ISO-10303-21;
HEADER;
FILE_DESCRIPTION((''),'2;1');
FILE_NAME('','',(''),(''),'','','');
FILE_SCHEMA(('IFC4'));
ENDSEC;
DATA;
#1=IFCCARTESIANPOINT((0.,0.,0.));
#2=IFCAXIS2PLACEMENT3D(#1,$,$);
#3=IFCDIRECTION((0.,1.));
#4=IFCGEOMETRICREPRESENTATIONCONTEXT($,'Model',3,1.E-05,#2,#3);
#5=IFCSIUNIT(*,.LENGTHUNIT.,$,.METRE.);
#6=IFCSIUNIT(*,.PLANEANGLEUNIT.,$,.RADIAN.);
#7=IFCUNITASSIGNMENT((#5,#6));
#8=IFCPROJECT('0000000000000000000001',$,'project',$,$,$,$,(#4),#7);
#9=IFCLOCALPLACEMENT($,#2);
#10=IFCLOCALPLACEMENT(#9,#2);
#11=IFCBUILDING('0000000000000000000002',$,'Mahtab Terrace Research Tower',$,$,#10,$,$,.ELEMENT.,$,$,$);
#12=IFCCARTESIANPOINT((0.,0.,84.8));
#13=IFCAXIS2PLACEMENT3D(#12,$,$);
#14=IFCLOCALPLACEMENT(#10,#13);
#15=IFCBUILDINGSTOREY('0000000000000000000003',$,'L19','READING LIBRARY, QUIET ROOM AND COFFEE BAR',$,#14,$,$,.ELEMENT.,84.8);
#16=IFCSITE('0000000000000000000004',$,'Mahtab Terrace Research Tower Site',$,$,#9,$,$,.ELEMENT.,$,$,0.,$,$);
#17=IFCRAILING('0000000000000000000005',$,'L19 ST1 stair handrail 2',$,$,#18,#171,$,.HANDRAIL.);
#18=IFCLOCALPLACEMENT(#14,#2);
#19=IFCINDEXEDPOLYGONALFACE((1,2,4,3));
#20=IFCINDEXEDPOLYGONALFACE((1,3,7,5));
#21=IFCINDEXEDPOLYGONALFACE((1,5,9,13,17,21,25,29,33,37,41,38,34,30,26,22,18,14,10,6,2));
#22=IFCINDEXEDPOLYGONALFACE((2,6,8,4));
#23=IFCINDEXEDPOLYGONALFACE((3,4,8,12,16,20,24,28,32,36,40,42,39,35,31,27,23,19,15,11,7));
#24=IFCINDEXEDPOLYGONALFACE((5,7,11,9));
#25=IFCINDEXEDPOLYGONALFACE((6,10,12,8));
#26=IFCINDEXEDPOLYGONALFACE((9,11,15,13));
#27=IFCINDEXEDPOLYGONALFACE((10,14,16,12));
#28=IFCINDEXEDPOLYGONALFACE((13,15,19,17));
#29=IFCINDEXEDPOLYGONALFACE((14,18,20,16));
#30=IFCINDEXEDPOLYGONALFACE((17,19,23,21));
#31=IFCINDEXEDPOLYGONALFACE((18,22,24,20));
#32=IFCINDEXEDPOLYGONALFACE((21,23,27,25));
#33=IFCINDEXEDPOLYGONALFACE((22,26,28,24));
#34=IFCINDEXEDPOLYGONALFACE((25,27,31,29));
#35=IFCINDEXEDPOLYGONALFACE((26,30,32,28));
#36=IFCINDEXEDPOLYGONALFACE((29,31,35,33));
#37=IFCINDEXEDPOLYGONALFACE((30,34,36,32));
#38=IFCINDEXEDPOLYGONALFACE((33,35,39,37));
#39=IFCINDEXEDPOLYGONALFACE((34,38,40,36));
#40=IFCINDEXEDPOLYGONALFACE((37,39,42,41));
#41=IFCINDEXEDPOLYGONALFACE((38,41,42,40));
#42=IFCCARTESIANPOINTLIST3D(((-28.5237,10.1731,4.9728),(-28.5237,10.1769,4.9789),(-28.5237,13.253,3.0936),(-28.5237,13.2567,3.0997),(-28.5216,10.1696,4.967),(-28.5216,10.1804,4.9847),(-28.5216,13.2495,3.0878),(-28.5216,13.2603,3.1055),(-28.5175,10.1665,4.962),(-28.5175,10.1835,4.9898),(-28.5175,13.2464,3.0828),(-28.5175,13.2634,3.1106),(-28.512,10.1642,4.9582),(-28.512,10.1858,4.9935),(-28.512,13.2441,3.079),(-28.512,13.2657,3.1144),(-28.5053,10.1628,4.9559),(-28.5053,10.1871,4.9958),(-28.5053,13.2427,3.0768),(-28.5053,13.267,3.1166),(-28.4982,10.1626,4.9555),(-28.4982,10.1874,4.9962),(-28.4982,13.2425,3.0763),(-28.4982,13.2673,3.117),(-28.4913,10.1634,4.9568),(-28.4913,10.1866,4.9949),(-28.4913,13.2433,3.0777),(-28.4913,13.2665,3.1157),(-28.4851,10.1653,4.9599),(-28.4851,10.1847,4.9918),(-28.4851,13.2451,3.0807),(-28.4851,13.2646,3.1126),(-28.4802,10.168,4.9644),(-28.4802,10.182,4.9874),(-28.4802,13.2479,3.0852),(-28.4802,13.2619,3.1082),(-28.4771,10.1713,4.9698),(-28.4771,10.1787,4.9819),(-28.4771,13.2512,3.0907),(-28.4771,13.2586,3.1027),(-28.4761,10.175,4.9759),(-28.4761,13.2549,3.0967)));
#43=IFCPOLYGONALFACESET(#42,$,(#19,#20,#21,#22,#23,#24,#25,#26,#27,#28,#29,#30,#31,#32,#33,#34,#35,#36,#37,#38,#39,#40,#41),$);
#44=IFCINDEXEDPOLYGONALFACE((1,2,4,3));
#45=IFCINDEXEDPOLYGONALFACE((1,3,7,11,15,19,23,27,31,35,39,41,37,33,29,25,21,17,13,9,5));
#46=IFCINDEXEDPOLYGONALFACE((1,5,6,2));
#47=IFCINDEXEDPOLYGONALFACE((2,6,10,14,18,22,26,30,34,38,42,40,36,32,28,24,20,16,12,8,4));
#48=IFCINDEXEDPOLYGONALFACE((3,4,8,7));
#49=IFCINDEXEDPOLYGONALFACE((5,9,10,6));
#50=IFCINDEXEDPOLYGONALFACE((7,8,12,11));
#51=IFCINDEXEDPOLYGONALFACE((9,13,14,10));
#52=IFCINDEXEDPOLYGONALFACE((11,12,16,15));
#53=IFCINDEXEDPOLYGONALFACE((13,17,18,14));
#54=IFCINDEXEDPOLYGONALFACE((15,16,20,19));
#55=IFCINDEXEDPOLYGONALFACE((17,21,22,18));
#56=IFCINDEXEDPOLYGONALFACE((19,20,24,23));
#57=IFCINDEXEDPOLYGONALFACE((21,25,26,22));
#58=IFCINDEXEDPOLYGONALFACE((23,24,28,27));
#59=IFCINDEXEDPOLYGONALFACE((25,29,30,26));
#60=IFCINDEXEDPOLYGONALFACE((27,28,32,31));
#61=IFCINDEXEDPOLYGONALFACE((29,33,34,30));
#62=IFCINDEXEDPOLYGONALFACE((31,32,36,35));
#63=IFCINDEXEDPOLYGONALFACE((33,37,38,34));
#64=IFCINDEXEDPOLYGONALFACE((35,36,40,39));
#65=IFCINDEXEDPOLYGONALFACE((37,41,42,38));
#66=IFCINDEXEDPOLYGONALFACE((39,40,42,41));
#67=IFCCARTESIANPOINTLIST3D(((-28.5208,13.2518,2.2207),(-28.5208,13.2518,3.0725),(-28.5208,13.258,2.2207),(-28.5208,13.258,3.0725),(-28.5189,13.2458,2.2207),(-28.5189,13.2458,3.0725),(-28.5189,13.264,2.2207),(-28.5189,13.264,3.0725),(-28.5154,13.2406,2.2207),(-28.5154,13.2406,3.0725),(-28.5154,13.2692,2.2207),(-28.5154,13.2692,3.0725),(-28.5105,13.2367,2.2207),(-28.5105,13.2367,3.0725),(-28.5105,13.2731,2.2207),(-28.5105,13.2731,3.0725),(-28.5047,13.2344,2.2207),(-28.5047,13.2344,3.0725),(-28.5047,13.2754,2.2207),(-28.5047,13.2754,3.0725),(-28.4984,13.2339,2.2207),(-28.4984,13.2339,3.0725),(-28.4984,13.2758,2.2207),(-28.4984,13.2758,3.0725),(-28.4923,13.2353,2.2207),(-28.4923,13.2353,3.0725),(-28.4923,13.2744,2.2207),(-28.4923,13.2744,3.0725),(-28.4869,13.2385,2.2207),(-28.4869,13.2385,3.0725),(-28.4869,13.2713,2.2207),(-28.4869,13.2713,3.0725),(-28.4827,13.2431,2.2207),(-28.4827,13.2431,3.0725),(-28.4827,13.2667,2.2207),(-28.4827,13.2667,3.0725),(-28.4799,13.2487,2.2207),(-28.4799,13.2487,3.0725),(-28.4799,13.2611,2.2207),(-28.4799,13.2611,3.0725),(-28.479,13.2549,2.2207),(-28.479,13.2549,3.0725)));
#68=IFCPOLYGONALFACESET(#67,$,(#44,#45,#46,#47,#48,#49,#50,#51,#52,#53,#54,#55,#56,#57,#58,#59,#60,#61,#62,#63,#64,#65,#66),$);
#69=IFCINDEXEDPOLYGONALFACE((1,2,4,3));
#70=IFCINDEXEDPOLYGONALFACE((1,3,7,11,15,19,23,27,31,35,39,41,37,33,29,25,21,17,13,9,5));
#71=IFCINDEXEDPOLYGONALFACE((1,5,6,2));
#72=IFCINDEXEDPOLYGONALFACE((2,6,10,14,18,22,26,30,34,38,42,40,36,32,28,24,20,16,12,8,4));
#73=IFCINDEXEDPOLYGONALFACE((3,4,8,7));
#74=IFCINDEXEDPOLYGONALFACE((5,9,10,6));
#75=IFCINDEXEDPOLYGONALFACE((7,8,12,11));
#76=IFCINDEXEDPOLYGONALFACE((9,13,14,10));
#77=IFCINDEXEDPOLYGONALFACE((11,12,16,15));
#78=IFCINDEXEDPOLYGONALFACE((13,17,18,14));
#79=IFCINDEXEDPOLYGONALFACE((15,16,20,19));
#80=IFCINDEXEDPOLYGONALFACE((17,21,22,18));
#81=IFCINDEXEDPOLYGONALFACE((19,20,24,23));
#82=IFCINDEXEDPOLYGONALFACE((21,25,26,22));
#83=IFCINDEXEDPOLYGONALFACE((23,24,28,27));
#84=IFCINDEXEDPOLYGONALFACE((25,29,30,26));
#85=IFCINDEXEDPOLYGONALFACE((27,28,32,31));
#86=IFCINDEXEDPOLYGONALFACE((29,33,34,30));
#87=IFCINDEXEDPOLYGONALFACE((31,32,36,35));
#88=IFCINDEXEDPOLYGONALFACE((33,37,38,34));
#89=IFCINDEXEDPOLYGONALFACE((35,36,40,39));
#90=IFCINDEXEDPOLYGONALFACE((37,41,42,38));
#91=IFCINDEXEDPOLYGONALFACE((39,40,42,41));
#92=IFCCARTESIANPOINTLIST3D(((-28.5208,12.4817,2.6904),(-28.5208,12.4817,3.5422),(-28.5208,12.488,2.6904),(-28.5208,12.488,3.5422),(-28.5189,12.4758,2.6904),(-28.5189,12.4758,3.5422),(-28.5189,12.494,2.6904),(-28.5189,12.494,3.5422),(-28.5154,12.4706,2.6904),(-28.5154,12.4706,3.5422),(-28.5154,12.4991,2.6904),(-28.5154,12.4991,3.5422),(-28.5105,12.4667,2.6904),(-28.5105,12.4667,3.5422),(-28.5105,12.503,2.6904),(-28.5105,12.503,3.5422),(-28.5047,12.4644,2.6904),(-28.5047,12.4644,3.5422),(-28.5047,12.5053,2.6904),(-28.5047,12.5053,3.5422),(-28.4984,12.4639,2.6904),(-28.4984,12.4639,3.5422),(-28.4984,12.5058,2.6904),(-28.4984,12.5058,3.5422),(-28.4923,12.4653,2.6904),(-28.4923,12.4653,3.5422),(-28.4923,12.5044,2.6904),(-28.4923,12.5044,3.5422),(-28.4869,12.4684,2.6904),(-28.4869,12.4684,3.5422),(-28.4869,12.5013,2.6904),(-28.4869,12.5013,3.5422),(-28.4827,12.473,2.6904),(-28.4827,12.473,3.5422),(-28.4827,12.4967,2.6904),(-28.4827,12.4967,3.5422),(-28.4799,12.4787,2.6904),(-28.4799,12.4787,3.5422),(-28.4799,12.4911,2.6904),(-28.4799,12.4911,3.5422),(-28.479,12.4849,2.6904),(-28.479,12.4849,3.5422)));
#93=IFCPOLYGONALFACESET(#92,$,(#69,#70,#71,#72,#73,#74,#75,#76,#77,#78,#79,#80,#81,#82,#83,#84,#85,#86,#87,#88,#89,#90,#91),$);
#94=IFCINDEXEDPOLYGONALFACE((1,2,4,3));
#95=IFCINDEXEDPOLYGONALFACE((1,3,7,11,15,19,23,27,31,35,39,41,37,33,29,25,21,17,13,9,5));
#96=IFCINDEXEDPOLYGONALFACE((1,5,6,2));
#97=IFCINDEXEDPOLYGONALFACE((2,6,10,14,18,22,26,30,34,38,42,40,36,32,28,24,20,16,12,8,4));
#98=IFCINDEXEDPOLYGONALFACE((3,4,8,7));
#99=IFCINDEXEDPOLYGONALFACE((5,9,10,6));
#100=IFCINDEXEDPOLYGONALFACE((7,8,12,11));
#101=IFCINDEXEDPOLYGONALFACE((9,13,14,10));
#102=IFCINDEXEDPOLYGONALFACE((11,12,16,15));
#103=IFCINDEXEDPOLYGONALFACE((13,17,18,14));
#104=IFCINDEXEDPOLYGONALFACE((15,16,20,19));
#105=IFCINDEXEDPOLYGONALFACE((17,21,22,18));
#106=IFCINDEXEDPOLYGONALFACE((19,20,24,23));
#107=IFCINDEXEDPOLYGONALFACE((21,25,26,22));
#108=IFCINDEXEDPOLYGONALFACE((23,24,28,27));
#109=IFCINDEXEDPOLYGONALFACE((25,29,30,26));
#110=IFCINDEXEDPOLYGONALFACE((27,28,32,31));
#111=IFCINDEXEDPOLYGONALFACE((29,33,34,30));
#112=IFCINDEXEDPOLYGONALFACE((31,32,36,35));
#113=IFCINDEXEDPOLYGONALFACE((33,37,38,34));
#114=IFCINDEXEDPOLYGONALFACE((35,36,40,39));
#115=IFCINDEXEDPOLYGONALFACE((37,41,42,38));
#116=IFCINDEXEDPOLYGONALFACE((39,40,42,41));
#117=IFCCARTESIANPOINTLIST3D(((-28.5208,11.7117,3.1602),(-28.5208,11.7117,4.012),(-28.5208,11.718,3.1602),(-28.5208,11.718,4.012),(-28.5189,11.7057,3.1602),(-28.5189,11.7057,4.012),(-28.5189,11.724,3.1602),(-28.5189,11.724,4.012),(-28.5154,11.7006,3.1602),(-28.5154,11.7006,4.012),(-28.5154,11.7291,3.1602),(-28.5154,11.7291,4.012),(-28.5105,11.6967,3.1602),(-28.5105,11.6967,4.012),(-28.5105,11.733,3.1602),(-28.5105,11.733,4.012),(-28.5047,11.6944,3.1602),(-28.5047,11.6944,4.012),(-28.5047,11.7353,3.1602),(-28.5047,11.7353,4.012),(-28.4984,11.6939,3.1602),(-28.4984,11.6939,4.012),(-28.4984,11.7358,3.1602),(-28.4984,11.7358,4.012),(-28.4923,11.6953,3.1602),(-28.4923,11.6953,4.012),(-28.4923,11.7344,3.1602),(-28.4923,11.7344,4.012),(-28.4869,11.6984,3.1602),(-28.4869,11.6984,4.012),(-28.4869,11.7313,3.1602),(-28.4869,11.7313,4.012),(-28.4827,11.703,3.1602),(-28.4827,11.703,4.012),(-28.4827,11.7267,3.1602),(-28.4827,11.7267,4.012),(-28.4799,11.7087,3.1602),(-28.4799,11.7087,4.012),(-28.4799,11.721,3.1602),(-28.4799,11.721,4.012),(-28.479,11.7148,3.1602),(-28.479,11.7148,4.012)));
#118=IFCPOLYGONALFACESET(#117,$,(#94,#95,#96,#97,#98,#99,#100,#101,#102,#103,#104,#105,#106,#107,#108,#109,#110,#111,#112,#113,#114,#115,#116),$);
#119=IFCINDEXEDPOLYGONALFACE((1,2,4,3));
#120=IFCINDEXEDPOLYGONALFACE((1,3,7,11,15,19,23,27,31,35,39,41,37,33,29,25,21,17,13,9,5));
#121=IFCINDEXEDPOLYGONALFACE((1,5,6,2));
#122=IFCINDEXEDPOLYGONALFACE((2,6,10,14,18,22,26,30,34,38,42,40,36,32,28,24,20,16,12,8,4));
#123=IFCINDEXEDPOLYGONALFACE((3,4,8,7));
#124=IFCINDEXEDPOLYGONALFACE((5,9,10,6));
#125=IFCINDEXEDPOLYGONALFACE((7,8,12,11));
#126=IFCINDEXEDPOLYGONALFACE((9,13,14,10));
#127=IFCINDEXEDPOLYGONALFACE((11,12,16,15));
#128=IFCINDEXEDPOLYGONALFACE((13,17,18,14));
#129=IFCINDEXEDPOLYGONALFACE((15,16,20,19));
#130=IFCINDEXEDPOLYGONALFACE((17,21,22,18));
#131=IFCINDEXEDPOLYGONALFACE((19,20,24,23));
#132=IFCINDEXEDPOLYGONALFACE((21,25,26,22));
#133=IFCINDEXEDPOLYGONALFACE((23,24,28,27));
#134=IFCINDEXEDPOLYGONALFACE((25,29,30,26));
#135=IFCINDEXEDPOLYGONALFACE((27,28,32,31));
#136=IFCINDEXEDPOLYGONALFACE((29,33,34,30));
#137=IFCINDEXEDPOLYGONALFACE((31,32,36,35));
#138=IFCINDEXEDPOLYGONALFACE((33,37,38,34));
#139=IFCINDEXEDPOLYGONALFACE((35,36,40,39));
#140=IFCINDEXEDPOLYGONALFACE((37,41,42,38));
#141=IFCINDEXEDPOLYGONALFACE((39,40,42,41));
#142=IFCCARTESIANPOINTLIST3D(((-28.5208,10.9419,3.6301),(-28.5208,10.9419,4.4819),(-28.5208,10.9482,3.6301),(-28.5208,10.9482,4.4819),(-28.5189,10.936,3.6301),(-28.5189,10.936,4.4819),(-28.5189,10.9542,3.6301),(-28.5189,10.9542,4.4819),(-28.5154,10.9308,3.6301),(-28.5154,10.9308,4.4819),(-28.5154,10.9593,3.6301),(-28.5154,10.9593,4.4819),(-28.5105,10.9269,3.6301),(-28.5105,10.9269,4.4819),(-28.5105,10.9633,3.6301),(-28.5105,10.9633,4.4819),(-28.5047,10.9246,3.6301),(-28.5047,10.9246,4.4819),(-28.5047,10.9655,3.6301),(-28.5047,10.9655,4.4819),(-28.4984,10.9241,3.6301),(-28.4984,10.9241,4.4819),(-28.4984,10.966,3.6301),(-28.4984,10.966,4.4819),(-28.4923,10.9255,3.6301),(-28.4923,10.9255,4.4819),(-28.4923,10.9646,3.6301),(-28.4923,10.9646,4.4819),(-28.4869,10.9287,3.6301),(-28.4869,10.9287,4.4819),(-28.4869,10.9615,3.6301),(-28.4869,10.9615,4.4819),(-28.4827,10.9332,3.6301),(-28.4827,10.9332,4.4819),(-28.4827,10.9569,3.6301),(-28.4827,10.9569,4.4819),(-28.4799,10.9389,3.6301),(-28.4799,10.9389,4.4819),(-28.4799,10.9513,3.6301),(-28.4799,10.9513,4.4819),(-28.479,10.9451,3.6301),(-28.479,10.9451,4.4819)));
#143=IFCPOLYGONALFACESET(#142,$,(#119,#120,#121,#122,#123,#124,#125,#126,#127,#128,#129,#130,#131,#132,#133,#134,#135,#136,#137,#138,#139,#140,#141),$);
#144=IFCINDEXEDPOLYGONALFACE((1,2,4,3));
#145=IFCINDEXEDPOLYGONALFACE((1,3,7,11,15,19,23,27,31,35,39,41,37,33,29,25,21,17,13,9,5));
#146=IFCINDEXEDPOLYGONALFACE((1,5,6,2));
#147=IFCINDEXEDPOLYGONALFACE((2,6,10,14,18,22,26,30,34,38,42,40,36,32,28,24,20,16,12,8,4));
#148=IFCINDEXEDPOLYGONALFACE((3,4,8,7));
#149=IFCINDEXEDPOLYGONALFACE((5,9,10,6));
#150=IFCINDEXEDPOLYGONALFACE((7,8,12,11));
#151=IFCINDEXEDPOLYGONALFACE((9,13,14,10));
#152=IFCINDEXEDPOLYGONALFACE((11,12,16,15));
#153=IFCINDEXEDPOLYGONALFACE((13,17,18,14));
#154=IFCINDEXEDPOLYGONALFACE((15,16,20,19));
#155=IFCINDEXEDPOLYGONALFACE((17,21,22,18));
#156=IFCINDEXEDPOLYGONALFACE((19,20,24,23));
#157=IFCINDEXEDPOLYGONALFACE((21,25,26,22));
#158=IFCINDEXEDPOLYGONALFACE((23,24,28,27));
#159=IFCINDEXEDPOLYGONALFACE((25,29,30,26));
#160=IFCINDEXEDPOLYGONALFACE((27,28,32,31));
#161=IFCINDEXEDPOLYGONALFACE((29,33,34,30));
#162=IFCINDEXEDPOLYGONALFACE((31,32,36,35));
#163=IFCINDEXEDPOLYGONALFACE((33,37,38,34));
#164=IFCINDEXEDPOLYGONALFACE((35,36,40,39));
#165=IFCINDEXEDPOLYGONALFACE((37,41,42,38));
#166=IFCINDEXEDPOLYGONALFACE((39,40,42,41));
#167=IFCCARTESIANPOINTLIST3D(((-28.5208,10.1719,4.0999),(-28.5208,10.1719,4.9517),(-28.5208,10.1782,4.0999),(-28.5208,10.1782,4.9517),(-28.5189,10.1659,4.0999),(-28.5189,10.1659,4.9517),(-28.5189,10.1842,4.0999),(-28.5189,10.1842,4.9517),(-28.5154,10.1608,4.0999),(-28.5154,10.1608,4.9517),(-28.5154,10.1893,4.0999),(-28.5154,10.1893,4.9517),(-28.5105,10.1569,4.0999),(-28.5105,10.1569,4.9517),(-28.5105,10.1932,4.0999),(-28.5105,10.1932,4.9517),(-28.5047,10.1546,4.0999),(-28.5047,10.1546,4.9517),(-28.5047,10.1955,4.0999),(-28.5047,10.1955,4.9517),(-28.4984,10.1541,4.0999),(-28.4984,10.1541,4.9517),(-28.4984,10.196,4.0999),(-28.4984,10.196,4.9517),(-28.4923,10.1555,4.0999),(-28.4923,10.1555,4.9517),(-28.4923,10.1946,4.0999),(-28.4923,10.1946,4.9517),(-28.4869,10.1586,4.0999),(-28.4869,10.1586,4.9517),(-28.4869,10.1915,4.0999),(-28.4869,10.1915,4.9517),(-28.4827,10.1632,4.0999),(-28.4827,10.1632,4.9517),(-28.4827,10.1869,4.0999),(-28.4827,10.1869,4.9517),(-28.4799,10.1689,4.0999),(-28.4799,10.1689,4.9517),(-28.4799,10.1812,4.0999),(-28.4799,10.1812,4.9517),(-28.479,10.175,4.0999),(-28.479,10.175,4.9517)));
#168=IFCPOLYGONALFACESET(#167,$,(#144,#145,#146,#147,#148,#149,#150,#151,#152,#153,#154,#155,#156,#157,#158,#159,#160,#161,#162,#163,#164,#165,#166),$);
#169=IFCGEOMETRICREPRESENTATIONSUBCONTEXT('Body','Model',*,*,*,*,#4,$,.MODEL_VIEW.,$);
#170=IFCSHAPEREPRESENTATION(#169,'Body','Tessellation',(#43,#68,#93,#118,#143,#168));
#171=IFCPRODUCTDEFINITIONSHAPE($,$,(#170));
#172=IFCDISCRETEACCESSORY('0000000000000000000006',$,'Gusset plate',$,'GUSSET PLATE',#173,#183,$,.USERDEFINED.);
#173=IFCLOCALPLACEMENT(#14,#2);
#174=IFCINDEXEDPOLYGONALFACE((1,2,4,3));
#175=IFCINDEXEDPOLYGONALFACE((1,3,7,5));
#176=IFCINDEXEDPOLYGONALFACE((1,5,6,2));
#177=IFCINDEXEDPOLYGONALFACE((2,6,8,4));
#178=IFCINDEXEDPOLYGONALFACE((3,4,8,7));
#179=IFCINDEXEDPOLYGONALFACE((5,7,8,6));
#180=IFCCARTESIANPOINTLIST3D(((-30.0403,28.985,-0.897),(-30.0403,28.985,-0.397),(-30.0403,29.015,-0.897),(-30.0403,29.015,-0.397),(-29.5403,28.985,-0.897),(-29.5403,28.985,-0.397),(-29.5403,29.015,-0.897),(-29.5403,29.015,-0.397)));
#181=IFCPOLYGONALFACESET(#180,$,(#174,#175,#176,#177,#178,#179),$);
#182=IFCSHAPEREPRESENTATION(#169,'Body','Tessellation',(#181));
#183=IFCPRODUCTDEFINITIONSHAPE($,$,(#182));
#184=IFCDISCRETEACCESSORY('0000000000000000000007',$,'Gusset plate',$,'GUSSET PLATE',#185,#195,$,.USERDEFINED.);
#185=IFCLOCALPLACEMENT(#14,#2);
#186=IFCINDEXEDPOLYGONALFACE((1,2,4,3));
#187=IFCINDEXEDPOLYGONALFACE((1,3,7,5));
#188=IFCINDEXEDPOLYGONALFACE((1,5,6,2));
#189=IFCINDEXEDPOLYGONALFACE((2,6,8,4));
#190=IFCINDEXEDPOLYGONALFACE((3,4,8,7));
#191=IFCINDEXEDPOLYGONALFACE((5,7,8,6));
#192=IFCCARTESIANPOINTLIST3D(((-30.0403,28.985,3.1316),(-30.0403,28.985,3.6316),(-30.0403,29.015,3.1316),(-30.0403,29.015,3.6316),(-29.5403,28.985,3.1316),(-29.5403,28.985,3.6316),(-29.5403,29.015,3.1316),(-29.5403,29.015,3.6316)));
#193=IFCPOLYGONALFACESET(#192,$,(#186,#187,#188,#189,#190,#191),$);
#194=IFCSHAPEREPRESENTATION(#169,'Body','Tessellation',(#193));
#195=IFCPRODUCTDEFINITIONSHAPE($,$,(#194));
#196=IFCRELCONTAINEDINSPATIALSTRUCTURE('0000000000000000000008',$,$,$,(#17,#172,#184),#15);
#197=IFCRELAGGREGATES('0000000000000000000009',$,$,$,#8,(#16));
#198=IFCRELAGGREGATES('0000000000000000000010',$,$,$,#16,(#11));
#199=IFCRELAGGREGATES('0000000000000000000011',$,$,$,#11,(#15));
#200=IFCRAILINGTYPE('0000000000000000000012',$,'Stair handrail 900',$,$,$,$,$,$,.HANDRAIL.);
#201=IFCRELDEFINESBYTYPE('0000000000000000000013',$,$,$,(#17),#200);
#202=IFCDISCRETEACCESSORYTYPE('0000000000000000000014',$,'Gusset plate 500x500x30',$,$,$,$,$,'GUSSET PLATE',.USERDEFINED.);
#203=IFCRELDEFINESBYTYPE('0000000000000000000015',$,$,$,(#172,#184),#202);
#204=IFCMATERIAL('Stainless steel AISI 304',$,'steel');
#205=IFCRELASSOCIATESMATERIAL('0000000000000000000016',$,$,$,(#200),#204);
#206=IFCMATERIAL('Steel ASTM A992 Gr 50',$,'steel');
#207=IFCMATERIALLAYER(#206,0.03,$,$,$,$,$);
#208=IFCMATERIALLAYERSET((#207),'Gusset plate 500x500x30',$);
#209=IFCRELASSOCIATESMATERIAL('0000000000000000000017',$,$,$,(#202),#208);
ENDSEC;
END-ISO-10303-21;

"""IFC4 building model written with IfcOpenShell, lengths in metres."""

from ifc_helpers import new_model, si_unit, direction, frame, origin, origin_2d, place, context, subcontext, project, spatial, rectangle, circle, extrude, material, layer, layer_set, type_object, element, save


model = new_model("IFC4")

# Units and contexts
model_context = context("Model", 3, precision=1e-05, world=origin(), true_north=direction((0.0, 1.0)))
body_context = subcontext(model_context, "Body", "Model", "MODEL_VIEW")
ifc_project = project(units=[si_unit("LENGTHUNIT", "METRE"), si_unit("PLANEANGLEUNIT", "RADIAN")], contexts=[model_context])

# Site, building, storey
site_placement = place(None, origin())
site = spatial("IfcSite", under=ifc_project, at=site_placement, Name="Mahtab Terrace Research Tower Site", CompositionType="ELEMENT", RefElevation=0.0)
building_placement = place(site_placement, origin())
building = spatial("IfcBuilding", under=site, at=building_placement, Name="Mahtab Terrace Research Tower", CompositionType="ELEMENT")
storey_placement = place(building_placement, frame((0.0, 0.0, 84.8)))
storey = spatial("IfcBuildingStorey", under=building, at=storey_placement, Name="L19", Description="READING LIBRARY, QUIET ROOM AND COFFEE BAR", CompositionType="ELEMENT", Elevation=84.8)

# Shared definitions
ifc_material_1 = material(Name="Steel ASTM A992 Gr 50", Category="steel")

# Railing
ifc_material_2 = material(Name="Stainless steel AISI 304", Category="steel")
railing_type_1 = type_object("IfcRailingType", Name="Stair handrail 900", PredefinedType="HANDRAIL", material=ifc_material_2)
railing_1_placement = place(storey_placement, frame((-28.5, 13.2549, 2.2207)))
element("IfcRailing", 1, at=railing_1_placement, inside=storey, type_object=railing_type_1, Name="L19 ST1 stair handrail 2", PredefinedType="HANDRAIL", context=body_context, shape_type="SweptSolid", body=[
    extrude(circle(Radius=0.0239, at=origin_2d()), frame((0.0, 0.0, 0.876), z_axis=(0.0, -0.853648, 0.52085), x_axis=(1.0, 0.0, 0.0)), (0.0, 0.0, 1.0), 3.6079),
    extrude(circle(Radius=0.021, at=origin_2d()), origin(), (0.0, 0.0, 1.0), 0.8518),
    extrude(circle(Radius=0.021, at=origin_2d()), frame((0.0, -0.77, 0.4697)), (0.0, 0.0, 1.0), 0.8518),
    extrude(circle(Radius=0.021, at=origin_2d()), frame((0.0, -1.54, 0.9395)), (0.0, 0.0, 1.0), 0.8518),
    extrude(circle(Radius=0.021, at=origin_2d()), frame((0.0, -2.3098, 1.4094)), (0.0, 0.0, 1.0), 0.8518),
    extrude(circle(Radius=0.021, at=origin_2d()), frame((0.0, -3.0798, 1.8792)), (0.0, 0.0, 1.0), 0.8518),
])

# Discrete accessories
ifc_layer_1 = layer(ifc_material_1, 0.03)
ifc_layer_set_1 = layer_set([ifc_layer_1], Name="Gusset plate 500x500x30")
discrete_accessory_type = type_object("IfcDiscreteAccessoryType", Name="Gusset plate 500x500x30", ElementType="GUSSET PLATE", PredefinedType="USERDEFINED", material=ifc_layer_set_1)
for number, where, z_axis, x_axis, name in (
    (2, (-29.7903, 29.0, -0.897), (0.0, 0.0, 1.0), (1.0, 0.0, 0.0), "Gusset plate"),
    (3, (-29.7903, 29.0, 3.1316), (0.0, 0.0, 1.0), (1.0, 0.0, 0.0), "Gusset plate"),
):
    element("IfcDiscreteAccessory", number, at=place(storey_placement, frame(where, z_axis=z_axis, x_axis=x_axis)), inside=storey, type_object=discrete_accessory_type, Name=name, ObjectType="GUSSET PLATE", PredefinedType="USERDEFINED", context=body_context, shape_type="SweptSolid", body=[
        extrude(rectangle(XDim=0.5, YDim=0.03, at=origin_2d()), origin(), (0.0, 0.0, 1.0), 0.5),
    ])

save(model, "model.ifc")
